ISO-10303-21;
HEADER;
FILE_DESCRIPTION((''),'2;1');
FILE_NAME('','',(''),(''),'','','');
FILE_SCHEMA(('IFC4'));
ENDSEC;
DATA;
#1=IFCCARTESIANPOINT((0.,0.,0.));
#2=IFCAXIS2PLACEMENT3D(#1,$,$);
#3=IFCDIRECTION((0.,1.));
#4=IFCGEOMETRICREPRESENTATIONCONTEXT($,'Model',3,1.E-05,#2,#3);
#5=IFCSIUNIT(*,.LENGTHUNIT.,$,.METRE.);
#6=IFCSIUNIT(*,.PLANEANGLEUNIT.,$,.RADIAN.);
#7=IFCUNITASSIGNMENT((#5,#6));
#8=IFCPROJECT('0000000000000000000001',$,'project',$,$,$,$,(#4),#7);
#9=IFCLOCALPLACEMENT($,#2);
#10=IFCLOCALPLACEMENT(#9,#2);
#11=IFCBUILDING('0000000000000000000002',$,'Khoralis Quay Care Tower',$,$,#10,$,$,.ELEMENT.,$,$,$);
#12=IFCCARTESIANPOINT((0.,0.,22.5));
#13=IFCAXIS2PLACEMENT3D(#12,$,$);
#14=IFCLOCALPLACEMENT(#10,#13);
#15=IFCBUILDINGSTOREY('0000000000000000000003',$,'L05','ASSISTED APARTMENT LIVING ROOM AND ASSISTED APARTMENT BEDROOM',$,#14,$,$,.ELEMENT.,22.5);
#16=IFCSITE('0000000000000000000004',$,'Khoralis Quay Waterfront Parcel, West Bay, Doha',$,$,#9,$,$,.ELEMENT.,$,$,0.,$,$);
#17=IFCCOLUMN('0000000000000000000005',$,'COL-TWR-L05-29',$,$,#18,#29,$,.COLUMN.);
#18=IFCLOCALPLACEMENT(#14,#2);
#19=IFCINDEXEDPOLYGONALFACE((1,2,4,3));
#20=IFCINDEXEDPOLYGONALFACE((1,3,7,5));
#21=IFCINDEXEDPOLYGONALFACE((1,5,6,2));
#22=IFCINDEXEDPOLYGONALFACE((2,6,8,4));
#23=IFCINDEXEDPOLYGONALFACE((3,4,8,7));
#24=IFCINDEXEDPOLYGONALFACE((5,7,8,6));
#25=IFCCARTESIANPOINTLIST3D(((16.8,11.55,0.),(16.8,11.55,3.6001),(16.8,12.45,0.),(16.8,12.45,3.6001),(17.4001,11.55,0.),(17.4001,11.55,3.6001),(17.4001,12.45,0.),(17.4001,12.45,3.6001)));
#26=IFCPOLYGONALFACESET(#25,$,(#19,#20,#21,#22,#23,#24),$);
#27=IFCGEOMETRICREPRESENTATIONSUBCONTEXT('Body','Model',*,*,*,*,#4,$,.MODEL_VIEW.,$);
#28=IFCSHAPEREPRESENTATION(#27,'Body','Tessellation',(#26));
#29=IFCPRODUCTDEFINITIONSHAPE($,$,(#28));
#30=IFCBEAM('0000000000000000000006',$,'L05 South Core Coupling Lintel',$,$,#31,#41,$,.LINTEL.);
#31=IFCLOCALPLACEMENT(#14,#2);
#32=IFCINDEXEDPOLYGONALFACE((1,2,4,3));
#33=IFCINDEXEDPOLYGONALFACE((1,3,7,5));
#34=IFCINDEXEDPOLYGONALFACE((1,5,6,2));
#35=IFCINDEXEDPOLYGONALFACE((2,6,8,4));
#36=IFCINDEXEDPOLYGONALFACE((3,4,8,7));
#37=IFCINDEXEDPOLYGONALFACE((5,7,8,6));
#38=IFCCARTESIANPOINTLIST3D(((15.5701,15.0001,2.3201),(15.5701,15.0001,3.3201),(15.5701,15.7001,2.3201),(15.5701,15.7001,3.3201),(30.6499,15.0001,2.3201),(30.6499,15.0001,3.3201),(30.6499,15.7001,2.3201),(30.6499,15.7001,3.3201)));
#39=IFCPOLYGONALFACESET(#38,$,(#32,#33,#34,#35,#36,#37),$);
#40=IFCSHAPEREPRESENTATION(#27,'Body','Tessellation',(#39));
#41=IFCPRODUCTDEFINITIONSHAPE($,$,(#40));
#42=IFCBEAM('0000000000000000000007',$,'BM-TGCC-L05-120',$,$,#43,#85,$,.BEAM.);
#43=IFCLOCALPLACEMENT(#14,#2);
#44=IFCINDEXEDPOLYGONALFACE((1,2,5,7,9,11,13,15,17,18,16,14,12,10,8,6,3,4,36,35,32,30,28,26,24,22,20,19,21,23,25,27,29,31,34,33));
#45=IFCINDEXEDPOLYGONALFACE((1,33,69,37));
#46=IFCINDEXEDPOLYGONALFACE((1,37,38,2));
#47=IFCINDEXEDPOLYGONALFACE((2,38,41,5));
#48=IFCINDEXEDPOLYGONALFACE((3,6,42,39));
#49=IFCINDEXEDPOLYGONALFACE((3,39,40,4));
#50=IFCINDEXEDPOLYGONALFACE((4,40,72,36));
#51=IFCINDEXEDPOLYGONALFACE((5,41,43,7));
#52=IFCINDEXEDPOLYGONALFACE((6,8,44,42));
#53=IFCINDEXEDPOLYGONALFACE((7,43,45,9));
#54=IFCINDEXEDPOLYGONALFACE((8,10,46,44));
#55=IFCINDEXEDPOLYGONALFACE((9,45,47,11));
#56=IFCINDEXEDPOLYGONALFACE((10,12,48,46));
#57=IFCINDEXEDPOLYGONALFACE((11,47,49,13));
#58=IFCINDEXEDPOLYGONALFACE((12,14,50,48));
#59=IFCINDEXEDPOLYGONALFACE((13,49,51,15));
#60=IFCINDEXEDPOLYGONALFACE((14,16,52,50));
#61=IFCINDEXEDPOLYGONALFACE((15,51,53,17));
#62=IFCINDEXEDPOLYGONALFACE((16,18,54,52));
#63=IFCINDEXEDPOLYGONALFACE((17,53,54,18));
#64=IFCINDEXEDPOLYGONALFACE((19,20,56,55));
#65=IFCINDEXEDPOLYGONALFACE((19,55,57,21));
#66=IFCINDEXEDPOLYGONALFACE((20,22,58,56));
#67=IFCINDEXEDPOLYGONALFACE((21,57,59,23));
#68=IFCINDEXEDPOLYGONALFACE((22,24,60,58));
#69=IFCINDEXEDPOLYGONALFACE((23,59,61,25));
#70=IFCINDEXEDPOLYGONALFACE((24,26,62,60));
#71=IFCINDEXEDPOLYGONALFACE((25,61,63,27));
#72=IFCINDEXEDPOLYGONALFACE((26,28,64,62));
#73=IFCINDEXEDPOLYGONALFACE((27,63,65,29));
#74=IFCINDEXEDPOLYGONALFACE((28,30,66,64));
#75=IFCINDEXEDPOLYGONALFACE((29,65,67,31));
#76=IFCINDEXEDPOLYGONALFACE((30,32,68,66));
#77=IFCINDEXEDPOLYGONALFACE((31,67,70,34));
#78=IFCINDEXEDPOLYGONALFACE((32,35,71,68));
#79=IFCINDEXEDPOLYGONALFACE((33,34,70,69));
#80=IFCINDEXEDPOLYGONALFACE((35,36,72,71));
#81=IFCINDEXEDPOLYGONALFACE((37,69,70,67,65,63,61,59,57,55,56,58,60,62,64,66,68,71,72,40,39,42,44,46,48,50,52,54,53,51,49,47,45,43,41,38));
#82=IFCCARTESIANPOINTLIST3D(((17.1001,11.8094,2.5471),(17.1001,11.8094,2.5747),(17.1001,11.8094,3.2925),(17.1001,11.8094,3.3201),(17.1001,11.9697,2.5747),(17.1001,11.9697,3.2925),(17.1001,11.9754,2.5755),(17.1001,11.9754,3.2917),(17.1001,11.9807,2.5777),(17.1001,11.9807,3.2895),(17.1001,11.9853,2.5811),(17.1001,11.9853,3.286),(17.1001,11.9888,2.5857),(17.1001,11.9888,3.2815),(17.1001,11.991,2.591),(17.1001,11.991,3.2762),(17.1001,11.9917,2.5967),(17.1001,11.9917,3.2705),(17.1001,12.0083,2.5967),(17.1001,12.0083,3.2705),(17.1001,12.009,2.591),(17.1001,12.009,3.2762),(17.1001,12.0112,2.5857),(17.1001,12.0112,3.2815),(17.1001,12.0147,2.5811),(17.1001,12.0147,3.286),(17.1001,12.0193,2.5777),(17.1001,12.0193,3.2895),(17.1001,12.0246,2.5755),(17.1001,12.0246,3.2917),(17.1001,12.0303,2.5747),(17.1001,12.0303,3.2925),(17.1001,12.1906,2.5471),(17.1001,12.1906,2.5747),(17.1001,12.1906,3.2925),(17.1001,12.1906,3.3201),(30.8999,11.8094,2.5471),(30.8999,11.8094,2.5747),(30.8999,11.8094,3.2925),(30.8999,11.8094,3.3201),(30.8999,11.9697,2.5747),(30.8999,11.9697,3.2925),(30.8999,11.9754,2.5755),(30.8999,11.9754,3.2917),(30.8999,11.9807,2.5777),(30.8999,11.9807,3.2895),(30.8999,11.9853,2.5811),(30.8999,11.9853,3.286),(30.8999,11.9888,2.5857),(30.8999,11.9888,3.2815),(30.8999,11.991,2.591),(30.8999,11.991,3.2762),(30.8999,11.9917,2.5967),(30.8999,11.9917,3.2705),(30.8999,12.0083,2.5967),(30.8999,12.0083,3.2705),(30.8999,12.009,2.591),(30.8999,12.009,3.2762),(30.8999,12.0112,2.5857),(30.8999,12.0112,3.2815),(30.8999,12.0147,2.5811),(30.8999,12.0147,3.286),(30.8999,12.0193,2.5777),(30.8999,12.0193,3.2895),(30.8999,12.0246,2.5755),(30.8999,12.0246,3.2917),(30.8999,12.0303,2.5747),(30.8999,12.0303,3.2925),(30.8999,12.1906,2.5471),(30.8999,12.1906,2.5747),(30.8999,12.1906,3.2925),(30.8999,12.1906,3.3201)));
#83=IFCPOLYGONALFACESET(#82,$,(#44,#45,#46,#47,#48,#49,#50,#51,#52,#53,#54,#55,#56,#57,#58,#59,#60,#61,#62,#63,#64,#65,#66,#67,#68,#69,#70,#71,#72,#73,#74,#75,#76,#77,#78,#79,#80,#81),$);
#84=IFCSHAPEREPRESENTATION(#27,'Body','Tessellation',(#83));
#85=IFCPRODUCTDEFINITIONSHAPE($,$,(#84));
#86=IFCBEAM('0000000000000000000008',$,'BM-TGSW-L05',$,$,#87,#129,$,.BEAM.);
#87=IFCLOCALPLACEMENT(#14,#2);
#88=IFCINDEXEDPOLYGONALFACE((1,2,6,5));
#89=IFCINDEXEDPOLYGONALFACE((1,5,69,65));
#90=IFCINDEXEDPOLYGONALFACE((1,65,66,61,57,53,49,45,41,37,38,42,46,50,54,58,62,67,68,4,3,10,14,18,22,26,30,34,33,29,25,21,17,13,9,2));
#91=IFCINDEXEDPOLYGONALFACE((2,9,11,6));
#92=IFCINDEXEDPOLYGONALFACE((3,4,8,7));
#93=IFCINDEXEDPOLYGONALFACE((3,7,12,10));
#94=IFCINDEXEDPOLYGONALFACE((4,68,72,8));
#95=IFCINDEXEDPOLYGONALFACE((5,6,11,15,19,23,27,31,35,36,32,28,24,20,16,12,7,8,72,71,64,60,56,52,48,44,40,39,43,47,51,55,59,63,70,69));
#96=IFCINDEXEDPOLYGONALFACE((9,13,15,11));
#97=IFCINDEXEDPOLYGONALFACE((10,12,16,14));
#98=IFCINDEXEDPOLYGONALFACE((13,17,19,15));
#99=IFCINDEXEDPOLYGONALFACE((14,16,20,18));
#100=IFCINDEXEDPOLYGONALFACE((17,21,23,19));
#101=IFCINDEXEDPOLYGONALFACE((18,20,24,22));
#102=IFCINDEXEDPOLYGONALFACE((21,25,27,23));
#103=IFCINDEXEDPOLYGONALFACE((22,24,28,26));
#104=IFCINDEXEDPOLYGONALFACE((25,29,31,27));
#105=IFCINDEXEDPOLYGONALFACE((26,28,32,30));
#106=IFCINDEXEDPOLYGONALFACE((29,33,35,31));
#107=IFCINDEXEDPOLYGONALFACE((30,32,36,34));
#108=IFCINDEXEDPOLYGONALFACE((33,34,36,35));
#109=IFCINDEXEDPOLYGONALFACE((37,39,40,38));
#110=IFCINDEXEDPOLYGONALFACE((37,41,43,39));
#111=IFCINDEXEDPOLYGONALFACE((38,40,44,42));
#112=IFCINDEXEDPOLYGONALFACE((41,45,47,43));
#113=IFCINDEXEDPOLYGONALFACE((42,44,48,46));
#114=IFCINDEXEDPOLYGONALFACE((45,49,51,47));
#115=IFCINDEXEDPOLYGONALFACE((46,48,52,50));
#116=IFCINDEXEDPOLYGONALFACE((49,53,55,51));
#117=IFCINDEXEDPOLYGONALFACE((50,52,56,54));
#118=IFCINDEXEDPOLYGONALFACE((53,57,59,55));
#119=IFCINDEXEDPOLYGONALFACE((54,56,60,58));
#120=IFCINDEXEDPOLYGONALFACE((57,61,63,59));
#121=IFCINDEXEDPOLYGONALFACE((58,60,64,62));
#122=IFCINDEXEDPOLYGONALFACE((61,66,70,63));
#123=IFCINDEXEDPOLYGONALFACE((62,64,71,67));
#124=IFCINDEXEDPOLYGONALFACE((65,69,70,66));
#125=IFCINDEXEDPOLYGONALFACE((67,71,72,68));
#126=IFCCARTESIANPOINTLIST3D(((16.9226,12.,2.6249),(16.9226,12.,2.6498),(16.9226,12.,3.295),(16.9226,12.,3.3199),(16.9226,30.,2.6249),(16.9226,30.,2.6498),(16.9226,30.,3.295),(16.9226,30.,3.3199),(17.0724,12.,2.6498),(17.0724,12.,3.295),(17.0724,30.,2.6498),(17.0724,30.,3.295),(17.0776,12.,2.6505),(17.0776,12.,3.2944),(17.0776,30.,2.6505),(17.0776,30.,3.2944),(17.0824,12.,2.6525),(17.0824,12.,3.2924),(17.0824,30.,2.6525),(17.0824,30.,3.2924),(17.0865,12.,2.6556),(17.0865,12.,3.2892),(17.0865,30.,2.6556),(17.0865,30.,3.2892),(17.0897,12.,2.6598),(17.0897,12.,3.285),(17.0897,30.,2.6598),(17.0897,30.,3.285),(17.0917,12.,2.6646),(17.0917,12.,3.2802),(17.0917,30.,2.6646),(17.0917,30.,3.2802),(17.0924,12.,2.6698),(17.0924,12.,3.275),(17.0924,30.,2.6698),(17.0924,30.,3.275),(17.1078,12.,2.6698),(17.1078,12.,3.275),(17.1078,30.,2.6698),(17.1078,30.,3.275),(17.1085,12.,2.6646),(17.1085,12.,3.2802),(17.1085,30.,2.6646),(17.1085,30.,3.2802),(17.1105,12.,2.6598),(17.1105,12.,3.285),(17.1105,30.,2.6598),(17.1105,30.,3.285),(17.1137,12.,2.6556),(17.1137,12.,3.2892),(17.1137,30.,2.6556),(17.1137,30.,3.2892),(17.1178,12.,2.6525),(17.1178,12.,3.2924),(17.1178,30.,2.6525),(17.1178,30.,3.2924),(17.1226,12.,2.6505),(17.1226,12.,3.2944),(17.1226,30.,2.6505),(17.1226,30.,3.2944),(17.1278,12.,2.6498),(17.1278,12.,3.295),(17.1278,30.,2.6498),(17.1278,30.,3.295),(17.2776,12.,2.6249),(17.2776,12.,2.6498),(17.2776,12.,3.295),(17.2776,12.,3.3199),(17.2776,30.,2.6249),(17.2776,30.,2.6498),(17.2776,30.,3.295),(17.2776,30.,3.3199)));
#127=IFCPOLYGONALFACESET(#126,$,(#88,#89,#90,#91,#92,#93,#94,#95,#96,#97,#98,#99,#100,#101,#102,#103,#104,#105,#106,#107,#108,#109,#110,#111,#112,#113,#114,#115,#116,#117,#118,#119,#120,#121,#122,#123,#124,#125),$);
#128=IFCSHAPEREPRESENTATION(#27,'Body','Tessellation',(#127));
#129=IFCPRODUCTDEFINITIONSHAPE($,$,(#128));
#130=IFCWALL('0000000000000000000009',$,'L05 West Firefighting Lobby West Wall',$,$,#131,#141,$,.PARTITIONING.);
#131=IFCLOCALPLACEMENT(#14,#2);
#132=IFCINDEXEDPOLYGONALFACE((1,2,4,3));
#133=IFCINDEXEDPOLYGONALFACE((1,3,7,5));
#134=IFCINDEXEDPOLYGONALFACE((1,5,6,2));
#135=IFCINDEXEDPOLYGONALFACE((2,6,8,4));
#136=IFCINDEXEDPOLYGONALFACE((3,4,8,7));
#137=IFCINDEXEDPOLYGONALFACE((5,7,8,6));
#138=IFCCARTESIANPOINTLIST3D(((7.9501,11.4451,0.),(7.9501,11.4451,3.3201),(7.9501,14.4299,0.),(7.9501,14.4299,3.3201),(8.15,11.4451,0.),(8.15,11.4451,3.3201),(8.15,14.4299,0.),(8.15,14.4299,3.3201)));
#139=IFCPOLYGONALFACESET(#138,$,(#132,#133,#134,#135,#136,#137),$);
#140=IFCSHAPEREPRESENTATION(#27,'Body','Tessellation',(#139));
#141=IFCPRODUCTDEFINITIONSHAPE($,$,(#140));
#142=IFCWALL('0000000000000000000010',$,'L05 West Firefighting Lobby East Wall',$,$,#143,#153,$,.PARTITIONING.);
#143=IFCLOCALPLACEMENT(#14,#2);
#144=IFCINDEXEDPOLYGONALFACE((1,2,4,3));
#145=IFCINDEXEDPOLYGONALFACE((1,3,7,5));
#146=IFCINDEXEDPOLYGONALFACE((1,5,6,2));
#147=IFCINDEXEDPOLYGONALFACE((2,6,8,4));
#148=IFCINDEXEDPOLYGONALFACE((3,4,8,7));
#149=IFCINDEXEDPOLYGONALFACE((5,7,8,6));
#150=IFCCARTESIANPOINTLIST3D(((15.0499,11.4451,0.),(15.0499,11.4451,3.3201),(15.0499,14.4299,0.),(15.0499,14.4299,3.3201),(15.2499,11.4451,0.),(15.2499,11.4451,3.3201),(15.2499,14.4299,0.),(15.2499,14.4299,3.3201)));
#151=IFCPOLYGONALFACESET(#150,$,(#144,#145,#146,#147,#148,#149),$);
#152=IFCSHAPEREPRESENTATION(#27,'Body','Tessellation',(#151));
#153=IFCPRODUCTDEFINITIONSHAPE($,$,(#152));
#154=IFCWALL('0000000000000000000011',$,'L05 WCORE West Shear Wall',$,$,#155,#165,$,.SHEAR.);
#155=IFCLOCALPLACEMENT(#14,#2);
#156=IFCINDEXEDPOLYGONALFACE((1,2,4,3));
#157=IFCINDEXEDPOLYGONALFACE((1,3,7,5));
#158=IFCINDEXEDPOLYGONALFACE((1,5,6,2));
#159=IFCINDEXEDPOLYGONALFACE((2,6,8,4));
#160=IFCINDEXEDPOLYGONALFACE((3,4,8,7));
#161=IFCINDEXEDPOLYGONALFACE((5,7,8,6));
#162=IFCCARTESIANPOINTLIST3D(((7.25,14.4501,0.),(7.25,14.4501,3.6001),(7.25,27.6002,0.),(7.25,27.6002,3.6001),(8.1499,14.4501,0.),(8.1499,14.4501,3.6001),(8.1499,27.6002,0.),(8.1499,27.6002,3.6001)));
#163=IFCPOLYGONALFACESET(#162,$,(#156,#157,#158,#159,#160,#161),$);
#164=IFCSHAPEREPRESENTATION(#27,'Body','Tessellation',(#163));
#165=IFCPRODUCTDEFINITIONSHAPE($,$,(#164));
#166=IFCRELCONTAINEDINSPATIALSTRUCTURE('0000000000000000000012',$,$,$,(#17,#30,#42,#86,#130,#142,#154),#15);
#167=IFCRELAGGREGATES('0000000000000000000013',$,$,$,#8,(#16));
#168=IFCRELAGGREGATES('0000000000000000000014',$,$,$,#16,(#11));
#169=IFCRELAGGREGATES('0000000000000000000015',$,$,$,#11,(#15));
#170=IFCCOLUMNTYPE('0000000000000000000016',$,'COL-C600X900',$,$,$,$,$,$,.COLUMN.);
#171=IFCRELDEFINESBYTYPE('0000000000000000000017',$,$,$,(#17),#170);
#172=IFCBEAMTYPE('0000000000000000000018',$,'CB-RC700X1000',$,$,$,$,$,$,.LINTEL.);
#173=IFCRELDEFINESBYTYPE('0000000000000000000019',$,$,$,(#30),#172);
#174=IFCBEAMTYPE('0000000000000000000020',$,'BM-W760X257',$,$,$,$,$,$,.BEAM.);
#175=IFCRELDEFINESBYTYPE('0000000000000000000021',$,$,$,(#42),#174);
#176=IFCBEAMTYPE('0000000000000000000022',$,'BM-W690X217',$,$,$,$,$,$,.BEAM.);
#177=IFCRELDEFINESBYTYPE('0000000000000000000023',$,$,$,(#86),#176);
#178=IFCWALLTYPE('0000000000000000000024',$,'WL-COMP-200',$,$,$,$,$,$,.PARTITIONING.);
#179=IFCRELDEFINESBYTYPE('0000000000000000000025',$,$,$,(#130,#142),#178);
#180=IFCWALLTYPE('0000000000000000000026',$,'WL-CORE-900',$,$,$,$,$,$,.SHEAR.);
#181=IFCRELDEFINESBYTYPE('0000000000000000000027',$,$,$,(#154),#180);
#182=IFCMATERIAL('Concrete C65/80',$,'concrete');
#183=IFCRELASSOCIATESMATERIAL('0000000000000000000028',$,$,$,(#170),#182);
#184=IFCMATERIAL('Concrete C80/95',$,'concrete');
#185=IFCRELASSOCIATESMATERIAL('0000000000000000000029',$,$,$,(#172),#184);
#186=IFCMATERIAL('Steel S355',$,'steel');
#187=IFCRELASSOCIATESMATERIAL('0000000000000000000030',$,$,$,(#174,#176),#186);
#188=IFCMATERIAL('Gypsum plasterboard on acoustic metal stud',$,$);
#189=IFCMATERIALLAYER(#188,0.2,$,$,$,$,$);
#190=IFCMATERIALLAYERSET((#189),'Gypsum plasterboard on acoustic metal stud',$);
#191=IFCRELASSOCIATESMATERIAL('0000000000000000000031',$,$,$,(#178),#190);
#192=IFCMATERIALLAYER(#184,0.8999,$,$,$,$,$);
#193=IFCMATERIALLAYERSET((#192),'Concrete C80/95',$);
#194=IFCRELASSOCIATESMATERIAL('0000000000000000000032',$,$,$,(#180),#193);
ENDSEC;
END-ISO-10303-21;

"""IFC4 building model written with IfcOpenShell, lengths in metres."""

from ifc_helpers import new_model, si_unit, direction, frame, frame_2d, origin, origin_2d, place, context, subcontext, project, spatial, rectangle, i_section, extrude, source, transform, mapped, material, layer, layer_set, material_profile, profile_set, type_object, element, save


model = new_model("IFC4")

# Units and contexts
model_context = context("Model", 3, precision=1e-05, world=origin(), true_north=direction((0.0, 1.0)))
body_context = subcontext(model_context, "Body", "Model", "MODEL_VIEW")
ifc_project = project(units=[si_unit("LENGTHUNIT", "METRE"), si_unit("PLANEANGLEUNIT", "RADIAN")], contexts=[model_context])

# Site, building, storey
site_placement = place(None, origin())
site = spatial("IfcSite", under=ifc_project, at=site_placement, Name="Khoralis Quay Waterfront Parcel, West Bay, Doha", CompositionType="ELEMENT", RefElevation=0.0)
building_placement = place(site_placement, origin())
building = spatial("IfcBuilding", under=site, at=building_placement, Name="Khoralis Quay Care Tower", CompositionType="ELEMENT")
storey_placement = place(building_placement, frame((0.0, 0.0, 22.5)))
storey = spatial("IfcBuildingStorey", under=building, at=storey_placement, Name="L05", Description="ASSISTED APARTMENT LIVING ROOM AND ASSISTED APARTMENT BEDROOM", CompositionType="ELEMENT", Elevation=22.5)

# Column
ifc_material_1 = material(Name="Concrete C65/80", Category="concrete")
ifc_material_profile_1 = material_profile(ifc_material_1, rectangle(XDim=0.6001, YDim=0.8999, at=origin_2d()), Name="Concrete C65/80")
ifc_profile_set_1 = profile_set([ifc_material_profile_1], Name="Concrete C65/80")
column_type = type_object("IfcColumnType", Name="COL-C600X900", PredefinedType="COLUMN", material=ifc_profile_set_1)
shared_shape_1 = source(origin(), body_context, "Body", "SweptSolid", [
    extrude(rectangle(XDim=0.6001, YDim=0.8999, at=origin_2d()), origin(), (0.0, 0.0, 1.0), 3.6001),
])
column_placement = place(storey_placement, frame((17.1001, 12.0, 0.0), z_axis=(0.0, 0.0, 1.0), x_axis=(1.0, 0.0, 0.0)))
element("IfcColumn", 1, at=column_placement, inside=storey, type_object=column_type, Name="COL-TWR-L05-29", PredefinedType="COLUMN", context=body_context, shape_type="MappedRepresentation", body=[
    mapped(shared_shape_1, transform((0.0, 0.0, 0.0), scale=1.0)),
])

# Beams
ifc_material_2 = material(Name="Concrete C80/95", Category="concrete")
ifc_material_profile_2 = material_profile(ifc_material_2, rectangle(XDim=0.7, YDim=1.0, at=origin_2d()), Name="Concrete C80/95")
ifc_profile_set_2 = profile_set([ifc_material_profile_2], Name="Concrete C80/95")
beam_type_1 = type_object("IfcBeamType", Name="CB-RC700X1000", PredefinedType="LINTEL", material=ifc_profile_set_2)
shared_shape_2 = source(origin(), body_context, "Body", "SweptSolid", [
    extrude(rectangle(XDim=0.7, YDim=1.0, at=origin_2d()), origin(), (0.0, 0.0, 1.0), 15.0798),
])
beam_1_placement = place(storey_placement, frame((15.5701, 15.3501, 2.8201), z_axis=(1.0, 0.0, 0.0), x_axis=(0.0, 1.0, 0.0)))
element("IfcBeam", 2, at=beam_1_placement, inside=storey, type_object=beam_type_1, Name="L05 South Core Coupling Lintel", PredefinedType="LINTEL", context=body_context, shape_type="MappedRepresentation", body=[
    mapped(shared_shape_2, transform((0.0, 0.0, 0.0), scale=1.0)),
])
ifc_material_3 = material(Name="Steel S355", Category="steel")
ifc_material_profile_3 = material_profile(ifc_material_3, i_section(OverallWidth=0.3811, OverallDepth=0.7729, WebThickness=0.0166, FlangeThickness=0.0276, FilletRadius=0.022, at=origin_2d()), Name="Steel S355")
ifc_profile_set_3 = profile_set([ifc_material_profile_3], Name="Steel S355")
beam_type_2 = type_object("IfcBeamType", Name="BM-W760X257", PredefinedType="BEAM", material=ifc_profile_set_3)
shared_shape_3 = source(origin(), body_context, "Body", "SweptSolid", [
    extrude(i_section(OverallWidth=0.3811, OverallDepth=0.7729, WebThickness=0.0166, FlangeThickness=0.0276, FilletRadius=0.022, at=origin_2d()), origin(), (0.0, 0.0, 1.0), 13.7998),
])
beam_2_placement = place(storey_placement, frame((17.1001, 12.0, 2.9336), z_axis=(1.0, 0.0, 0.0), x_axis=(0.0, 1.0, 0.0)))
element("IfcBeam", 3, at=beam_2_placement, inside=storey, type_object=beam_type_2, Name="BM-TGCC-L05-120", PredefinedType="BEAM", context=body_context, shape_type="MappedRepresentation", body=[
    mapped(shared_shape_3, transform((0.0, 0.0, 0.0), scale=1.0)),
])
ifc_material_profile_4 = material_profile(ifc_material_3, i_section(OverallWidth=0.355, OverallDepth=0.6951, WebThickness=0.0154, FlangeThickness=0.0249, FilletRadius=0.02, at=origin_2d()), Name="Steel S355")
ifc_profile_set_4 = profile_set([ifc_material_profile_4], Name="Steel S355")
beam_type_3 = type_object("IfcBeamType", Name="BM-W690X217", PredefinedType="BEAM", material=ifc_profile_set_4)
shared_shape_4 = source(origin(), body_context, "Body", "SweptSolid", [
    extrude(i_section(OverallWidth=0.355, OverallDepth=0.6951, WebThickness=0.0154, FlangeThickness=0.0249, FilletRadius=0.02, at=origin_2d()), origin(), (0.0, 0.0, 1.0), 18.0),
])
beam_3_placement = place(storey_placement, frame((17.1001, 12.0, 2.9724), z_axis=(0.0, 1.0, 0.0), x_axis=(-1.0, 0.0, 0.0)))
element("IfcBeam", 4, at=beam_3_placement, inside=storey, type_object=beam_type_3, Name="BM-TGSW-L05", PredefinedType="BEAM", context=body_context, shape_type="MappedRepresentation", body=[
    mapped(shared_shape_4, transform((0.0, 0.0, 0.0), scale=1.0)),
])

# Walls
ifc_material_4 = material(Name="Gypsum plasterboard on acoustic metal stud")
ifc_layer_1 = layer(ifc_material_4, 0.2)
ifc_layer_set_1 = layer_set([ifc_layer_1], Name="Gypsum plasterboard on acoustic metal stud")
wall_type_1 = type_object("IfcWallType", Name="WL-COMP-200", PredefinedType="PARTITIONING", material=ifc_layer_set_1)
for number, where, z_axis, x_axis, name in (
    (5, (8.05, 11.4451, 0.0), (0.0, 0.0, 1.0), (0.0, 1.0, 0.0), "L05 West Firefighting Lobby West Wall"),
    (6, (15.1499, 11.4451, 0.0), (0.0, 0.0, 1.0), (0.0, 1.0, 0.0), "L05 West Firefighting Lobby East Wall"),
):
    element("IfcWall", number, at=place(storey_placement, frame(where, z_axis=z_axis, x_axis=x_axis)), inside=storey, type_object=wall_type_1, Name=name, PredefinedType="PARTITIONING", context=body_context, shape_type="SweptSolid", body=[
        extrude(rectangle(XDim=2.9849, YDim=0.2, at=frame_2d((1.4924, 0.0))), origin(), (0.0, 0.0, 1.0), 3.3201),
    ])
ifc_layer_2 = layer(ifc_material_2, 0.8999)
ifc_layer_set_2 = layer_set([ifc_layer_2], Name="Concrete C80/95")
wall_type_2 = type_object("IfcWallType", Name="WL-CORE-900", PredefinedType="SHEAR", material=ifc_layer_set_2)
wall_1_placement = place(storey_placement, frame((7.7, 14.45, 0.0), z_axis=(0.0, 0.0, 1.0), x_axis=(0.0, 1.0, 0.0)))
element("IfcWall", 7, at=wall_1_placement, inside=storey, type_object=wall_type_2, Name="L05 WCORE West Shear Wall", PredefinedType="SHEAR", context=body_context, shape_type="SweptSolid", body=[
    extrude(rectangle(XDim=13.1501, YDim=0.8999, at=frame_2d((6.5752, 0.0))), origin(), (0.0, 0.0, 1.0), 3.6001),
])

save(model, "model.ifc")
